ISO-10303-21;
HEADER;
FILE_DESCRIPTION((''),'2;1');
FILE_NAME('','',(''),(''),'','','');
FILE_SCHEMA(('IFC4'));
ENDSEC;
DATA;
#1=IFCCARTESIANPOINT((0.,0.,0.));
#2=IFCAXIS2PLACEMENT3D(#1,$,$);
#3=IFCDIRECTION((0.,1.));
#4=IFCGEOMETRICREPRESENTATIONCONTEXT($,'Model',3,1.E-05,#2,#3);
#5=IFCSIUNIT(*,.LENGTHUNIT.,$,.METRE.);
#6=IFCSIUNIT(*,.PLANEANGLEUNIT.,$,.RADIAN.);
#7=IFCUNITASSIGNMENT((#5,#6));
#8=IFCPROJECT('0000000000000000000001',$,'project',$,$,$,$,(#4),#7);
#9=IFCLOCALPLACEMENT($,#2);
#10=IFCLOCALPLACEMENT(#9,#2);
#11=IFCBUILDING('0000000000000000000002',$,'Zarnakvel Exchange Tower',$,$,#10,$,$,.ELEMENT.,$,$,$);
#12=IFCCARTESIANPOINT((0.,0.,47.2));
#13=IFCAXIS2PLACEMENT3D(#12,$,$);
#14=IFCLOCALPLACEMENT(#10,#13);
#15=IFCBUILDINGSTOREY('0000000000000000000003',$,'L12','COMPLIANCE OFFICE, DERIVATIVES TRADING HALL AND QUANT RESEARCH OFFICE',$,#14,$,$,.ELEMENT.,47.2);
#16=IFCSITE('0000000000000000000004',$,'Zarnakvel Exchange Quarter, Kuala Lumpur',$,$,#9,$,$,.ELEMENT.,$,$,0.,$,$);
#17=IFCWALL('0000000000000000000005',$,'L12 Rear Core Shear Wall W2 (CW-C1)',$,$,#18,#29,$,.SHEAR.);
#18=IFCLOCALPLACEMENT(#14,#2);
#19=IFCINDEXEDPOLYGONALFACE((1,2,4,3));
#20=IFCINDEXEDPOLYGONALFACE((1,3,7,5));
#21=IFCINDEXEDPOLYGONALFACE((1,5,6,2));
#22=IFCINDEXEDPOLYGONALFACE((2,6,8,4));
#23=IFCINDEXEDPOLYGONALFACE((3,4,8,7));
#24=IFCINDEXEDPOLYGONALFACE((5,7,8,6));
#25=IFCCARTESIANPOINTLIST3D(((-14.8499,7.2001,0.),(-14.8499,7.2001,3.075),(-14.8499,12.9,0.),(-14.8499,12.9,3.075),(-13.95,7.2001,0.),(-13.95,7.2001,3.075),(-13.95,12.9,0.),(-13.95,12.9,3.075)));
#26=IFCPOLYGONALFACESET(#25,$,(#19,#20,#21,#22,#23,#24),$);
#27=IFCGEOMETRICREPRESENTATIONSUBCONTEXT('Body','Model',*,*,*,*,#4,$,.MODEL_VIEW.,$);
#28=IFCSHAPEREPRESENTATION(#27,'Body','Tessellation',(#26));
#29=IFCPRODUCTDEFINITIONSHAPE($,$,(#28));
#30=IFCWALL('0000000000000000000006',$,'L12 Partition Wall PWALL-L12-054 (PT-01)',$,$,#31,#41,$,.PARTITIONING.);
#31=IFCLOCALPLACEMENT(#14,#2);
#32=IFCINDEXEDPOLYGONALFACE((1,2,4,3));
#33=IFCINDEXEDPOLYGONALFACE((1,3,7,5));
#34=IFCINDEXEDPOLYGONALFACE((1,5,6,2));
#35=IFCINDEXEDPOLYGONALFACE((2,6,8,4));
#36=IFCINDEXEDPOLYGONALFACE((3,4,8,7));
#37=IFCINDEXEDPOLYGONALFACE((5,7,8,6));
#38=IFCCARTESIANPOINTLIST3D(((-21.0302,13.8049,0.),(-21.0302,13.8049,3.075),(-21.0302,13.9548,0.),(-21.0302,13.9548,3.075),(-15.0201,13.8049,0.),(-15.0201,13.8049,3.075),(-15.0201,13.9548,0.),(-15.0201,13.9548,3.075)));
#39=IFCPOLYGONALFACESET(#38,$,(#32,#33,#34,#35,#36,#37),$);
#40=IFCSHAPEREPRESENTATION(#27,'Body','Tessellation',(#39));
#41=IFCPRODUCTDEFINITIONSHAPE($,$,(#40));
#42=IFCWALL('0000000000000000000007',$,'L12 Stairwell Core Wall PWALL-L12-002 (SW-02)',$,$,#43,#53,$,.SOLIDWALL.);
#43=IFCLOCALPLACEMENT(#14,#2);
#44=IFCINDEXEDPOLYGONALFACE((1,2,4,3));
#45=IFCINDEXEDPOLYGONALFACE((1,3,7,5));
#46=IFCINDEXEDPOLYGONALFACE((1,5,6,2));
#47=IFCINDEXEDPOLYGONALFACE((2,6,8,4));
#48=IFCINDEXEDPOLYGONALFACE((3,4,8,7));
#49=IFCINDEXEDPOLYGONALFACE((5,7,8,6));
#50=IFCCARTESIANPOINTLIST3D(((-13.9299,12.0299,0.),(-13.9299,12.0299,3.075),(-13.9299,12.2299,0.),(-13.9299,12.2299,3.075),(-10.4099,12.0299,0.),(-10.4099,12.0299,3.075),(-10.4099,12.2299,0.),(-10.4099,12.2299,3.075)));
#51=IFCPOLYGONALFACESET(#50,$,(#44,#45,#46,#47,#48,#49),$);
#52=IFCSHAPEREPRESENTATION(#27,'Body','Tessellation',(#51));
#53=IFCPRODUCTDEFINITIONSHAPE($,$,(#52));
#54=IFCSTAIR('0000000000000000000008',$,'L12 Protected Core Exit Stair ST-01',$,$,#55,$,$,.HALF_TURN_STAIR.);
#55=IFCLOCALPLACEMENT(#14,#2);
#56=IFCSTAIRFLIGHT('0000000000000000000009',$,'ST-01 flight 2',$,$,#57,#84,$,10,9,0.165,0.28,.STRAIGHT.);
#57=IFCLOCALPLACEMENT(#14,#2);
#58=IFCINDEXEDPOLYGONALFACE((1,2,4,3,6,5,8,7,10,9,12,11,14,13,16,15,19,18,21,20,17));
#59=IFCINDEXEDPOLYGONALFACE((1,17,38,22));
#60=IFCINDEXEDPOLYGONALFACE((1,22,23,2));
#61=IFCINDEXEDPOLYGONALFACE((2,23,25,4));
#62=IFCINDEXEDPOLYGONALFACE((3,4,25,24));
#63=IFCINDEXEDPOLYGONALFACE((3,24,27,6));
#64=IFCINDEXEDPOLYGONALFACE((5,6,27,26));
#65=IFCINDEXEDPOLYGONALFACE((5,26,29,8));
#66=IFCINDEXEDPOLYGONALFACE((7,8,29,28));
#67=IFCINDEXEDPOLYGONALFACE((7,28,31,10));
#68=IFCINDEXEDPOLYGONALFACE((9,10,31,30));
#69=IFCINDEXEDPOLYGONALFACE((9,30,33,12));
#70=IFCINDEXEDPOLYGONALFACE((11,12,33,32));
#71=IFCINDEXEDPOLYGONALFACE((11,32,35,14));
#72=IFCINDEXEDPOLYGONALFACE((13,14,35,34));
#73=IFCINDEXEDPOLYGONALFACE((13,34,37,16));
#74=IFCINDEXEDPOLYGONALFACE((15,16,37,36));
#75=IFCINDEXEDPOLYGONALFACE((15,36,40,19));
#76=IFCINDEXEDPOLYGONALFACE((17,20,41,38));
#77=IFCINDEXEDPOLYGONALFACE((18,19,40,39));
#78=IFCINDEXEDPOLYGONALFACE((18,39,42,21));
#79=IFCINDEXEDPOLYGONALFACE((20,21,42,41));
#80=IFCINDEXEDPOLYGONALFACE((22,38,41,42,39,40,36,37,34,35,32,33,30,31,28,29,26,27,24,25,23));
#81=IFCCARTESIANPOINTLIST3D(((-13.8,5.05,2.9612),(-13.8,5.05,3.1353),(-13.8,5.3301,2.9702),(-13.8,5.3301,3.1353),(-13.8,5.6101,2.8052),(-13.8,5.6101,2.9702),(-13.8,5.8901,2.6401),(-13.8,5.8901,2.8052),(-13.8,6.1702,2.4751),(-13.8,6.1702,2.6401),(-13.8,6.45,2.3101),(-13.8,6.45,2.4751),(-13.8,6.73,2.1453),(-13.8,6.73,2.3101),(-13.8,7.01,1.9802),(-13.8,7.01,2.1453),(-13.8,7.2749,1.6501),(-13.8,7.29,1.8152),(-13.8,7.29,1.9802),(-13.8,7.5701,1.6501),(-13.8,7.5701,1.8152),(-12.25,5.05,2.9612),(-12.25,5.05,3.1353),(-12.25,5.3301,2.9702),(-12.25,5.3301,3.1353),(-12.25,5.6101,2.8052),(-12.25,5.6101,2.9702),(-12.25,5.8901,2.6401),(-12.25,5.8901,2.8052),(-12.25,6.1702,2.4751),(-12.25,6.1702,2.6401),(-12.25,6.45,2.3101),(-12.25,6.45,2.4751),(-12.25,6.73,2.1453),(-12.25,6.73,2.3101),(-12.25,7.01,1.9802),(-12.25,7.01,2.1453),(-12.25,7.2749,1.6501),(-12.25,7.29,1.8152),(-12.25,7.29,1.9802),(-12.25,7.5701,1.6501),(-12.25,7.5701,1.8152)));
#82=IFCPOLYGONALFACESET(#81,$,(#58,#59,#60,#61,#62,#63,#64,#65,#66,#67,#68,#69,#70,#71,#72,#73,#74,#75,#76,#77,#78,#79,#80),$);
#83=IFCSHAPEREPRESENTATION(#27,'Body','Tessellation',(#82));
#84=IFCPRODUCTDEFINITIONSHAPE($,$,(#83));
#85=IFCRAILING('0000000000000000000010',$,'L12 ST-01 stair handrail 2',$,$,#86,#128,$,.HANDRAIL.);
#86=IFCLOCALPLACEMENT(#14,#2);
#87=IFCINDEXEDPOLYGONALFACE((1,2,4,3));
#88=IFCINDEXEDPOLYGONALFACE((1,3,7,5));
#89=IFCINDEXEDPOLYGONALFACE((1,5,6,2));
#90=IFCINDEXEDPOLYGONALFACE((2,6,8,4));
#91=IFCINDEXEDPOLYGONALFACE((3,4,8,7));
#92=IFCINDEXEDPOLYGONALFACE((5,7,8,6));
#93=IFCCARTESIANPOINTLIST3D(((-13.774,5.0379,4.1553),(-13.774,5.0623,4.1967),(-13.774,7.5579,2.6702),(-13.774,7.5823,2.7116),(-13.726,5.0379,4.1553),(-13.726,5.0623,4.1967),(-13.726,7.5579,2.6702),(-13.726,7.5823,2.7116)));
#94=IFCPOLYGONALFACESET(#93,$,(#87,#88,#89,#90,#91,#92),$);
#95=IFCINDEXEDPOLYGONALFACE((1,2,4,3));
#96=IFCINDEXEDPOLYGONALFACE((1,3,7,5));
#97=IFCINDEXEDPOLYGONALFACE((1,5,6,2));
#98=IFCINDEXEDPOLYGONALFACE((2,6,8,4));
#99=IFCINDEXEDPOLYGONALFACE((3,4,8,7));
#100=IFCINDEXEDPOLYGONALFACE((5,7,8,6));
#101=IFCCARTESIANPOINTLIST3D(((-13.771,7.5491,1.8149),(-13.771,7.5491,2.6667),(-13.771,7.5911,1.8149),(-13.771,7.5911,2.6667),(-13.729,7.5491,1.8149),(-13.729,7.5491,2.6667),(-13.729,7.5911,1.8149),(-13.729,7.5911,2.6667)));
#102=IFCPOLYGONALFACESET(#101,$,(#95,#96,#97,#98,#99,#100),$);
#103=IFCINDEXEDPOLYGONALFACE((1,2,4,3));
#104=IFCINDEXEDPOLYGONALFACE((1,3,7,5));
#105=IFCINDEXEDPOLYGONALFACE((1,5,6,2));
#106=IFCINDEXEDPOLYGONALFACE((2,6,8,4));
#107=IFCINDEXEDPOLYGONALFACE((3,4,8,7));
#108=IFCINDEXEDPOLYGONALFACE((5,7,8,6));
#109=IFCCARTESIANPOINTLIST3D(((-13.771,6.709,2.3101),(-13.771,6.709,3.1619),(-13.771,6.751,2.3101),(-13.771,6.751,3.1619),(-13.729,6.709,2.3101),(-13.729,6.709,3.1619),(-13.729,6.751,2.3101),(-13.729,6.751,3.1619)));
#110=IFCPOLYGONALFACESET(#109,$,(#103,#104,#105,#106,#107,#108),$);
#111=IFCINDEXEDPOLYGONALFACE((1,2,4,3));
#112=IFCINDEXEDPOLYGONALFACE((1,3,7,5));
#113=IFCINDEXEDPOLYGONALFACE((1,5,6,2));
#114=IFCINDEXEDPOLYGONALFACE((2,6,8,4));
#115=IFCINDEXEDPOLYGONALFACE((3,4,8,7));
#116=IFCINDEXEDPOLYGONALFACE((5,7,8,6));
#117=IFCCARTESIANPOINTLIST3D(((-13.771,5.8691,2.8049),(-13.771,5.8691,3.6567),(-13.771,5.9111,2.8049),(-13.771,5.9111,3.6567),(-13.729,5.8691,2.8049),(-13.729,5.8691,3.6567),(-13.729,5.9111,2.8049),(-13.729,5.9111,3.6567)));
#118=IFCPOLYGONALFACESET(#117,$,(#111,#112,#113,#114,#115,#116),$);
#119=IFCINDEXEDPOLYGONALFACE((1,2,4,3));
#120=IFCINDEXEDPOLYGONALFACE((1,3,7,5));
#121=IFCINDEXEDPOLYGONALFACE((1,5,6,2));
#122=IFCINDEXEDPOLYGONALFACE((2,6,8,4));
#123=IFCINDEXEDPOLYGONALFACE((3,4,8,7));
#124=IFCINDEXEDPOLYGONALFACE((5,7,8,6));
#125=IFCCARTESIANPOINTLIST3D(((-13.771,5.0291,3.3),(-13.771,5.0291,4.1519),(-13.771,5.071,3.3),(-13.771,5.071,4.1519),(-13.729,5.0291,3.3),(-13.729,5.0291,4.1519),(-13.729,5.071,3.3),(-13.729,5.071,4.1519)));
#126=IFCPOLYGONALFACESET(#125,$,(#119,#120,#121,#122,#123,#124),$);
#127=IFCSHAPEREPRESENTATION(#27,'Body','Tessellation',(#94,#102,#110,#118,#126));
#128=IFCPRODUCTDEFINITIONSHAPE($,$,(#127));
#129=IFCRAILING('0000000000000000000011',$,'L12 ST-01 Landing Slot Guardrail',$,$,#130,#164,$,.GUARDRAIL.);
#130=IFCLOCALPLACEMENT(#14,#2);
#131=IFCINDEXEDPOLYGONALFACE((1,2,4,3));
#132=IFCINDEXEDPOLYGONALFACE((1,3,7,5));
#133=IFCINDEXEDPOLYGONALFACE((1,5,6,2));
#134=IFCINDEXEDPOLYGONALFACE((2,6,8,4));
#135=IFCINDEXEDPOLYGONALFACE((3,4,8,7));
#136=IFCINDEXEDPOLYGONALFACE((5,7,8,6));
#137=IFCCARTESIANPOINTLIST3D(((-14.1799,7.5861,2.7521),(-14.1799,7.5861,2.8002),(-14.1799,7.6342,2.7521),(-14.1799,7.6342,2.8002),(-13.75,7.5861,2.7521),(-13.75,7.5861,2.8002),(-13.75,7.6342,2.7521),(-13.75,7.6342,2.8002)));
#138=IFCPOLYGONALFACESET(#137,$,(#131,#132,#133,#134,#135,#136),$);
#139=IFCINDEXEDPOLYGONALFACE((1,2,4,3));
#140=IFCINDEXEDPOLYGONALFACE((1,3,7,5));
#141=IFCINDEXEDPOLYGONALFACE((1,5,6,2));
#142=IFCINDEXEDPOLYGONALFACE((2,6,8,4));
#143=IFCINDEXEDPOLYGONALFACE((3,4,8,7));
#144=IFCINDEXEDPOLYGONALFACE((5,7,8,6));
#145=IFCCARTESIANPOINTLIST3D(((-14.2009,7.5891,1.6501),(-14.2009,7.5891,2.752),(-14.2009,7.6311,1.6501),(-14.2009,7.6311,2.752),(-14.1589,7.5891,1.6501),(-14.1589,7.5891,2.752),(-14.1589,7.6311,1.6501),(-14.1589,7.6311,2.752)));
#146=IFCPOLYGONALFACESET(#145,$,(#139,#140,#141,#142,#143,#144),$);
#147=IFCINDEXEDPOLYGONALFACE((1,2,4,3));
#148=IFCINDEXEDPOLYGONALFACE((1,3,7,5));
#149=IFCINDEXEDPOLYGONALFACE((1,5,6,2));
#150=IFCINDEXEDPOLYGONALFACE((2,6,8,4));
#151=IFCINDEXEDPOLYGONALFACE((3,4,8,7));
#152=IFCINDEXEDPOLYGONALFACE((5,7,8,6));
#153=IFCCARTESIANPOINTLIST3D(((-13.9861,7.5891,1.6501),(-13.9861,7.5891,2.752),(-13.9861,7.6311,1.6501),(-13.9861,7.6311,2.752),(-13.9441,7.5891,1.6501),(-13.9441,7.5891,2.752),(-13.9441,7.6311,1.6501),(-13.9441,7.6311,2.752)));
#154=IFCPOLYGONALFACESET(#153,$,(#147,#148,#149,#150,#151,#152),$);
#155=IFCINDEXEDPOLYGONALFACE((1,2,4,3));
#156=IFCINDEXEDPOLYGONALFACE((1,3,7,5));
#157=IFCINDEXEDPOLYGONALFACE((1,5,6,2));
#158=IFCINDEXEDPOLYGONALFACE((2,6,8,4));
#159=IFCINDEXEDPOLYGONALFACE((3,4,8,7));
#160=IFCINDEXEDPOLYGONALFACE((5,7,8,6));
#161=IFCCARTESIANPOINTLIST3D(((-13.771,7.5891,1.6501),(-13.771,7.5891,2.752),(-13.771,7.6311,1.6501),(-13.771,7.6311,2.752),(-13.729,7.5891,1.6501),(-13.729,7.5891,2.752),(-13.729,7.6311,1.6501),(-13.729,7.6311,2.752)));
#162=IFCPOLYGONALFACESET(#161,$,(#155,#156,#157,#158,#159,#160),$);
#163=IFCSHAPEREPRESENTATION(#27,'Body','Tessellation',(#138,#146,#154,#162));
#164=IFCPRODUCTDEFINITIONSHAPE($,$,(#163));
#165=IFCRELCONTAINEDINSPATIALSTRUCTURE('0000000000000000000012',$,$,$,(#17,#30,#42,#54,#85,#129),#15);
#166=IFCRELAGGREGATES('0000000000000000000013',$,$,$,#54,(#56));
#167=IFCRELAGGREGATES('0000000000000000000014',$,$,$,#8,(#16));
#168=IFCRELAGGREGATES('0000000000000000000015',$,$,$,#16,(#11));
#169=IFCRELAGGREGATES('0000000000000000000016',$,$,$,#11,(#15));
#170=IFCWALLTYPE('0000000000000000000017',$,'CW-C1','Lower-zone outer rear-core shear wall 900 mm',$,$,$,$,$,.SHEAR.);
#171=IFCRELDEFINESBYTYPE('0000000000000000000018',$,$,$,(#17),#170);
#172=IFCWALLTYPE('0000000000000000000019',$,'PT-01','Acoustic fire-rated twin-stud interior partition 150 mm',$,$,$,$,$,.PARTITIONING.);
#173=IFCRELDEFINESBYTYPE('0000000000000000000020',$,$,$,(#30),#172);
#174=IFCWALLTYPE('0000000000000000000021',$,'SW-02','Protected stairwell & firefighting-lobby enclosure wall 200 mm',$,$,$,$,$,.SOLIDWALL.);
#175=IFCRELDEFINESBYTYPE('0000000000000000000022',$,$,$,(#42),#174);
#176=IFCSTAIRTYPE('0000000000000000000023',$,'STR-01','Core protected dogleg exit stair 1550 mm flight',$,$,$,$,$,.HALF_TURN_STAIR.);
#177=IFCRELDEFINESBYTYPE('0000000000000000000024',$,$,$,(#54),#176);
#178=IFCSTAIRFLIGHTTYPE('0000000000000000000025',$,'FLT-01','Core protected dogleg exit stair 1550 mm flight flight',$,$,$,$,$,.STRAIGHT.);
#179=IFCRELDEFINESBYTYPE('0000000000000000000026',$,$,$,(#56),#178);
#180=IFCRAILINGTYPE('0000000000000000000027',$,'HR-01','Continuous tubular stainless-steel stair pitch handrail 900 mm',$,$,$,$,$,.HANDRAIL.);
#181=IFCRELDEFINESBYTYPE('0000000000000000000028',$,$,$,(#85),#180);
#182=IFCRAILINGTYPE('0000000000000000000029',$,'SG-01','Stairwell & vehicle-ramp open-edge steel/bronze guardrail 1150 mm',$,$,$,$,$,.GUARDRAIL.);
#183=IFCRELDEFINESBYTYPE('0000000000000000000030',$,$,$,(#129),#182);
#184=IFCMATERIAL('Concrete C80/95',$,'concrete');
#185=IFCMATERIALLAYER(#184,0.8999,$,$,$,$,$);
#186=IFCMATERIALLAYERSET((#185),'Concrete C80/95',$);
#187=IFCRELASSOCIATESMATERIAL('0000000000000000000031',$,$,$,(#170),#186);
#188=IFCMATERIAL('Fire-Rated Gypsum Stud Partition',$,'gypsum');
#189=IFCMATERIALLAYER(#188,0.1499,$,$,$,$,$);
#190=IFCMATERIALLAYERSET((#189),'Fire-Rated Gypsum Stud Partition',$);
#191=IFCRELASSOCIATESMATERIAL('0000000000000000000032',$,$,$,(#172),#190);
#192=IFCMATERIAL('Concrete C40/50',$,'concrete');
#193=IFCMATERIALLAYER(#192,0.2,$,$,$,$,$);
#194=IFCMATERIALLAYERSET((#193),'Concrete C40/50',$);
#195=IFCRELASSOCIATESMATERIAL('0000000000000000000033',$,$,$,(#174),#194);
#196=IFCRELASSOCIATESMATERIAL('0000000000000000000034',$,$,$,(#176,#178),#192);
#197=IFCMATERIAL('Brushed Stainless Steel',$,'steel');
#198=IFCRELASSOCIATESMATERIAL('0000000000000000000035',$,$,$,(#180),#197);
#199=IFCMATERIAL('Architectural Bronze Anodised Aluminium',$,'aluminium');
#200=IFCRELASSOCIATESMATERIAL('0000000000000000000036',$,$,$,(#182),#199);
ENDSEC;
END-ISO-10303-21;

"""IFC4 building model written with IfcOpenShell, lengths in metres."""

from ifc_helpers import new_model, si_unit, direction, frame, frame_2d, origin, origin_2d, place, context, subcontext, project, spatial, polyline, rectangle, outline, extrude, material, layer, layer_set, type_object, element, aggregate, save


model = new_model("IFC4")

# Units and contexts
model_context = context("Model", 3, precision=1e-05, world=origin(), true_north=direction((0.0, 1.0)))
body_context = subcontext(model_context, "Body", "Model", "MODEL_VIEW")
ifc_project = project(units=[si_unit("LENGTHUNIT", "METRE"), si_unit("PLANEANGLEUNIT", "RADIAN")], contexts=[model_context])

# Site, building, storey
site_placement = place(None, origin())
site = spatial("IfcSite", under=ifc_project, at=site_placement, Name="Zarnakvel Exchange Quarter, Kuala Lumpur", CompositionType="ELEMENT", RefElevation=0.0)
building_placement = place(site_placement, origin())
building = spatial("IfcBuilding", under=site, at=building_placement, Name="Zarnakvel Exchange Tower", CompositionType="ELEMENT")
storey_placement = place(building_placement, frame((0.0, 0.0, 47.2)))
storey = spatial("IfcBuildingStorey", under=building, at=storey_placement, Name="L12", Description="COMPLIANCE OFFICE, DERIVATIVES TRADING HALL AND QUANT RESEARCH OFFICE", CompositionType="ELEMENT", Elevation=47.2)

# Shared definitions
ifc_material_1 = material(Name="Concrete C80/95", Category="concrete")

# Shared definitions
ifc_material_2 = material(Name="Architectural Bronze Anodised Aluminium", Category="aluminium")

# Walls
ifc_layer_1 = layer(ifc_material_1, 0.8999)
ifc_layer_set_1 = layer_set([ifc_layer_1], Name="Concrete C80/95")
wall_type_1 = type_object("IfcWallType", Name="CW-C1", Description="Lower-zone outer rear-core shear wall 900 mm", PredefinedType="SHEAR", material=ifc_layer_set_1)
wall_1_placement = place(storey_placement, frame((-14.3999, 7.2, 0.0), z_axis=(0.0, 0.0, 1.0), x_axis=(0.0, 1.0, 0.0)))
element("IfcWall", 1, at=wall_1_placement, inside=storey, type_object=wall_type_1, Name="L12 Rear Core Shear Wall W2 (CW-C1)", PredefinedType="SHEAR", context=body_context, shape_type="SweptSolid", body=[
    extrude(rectangle(XDim=5.7, YDim=0.8999, at=frame_2d((2.8501, 0.0))), origin(), (0.0, 0.0, 1.0), 3.075),
])
ifc_material_3 = material(Name="Fire-Rated Gypsum Stud Partition", Category="gypsum")
ifc_layer_2 = layer(ifc_material_3, 0.1499)
ifc_layer_set_2 = layer_set([ifc_layer_2], Name="Fire-Rated Gypsum Stud Partition")
wall_type_2 = type_object("IfcWallType", Name="PT-01", Description="Acoustic fire-rated twin-stud interior partition 150 mm", PredefinedType="PARTITIONING", material=ifc_layer_set_2)
wall_2_placement = place(storey_placement, frame((-21.03, 13.8799, 0.0), z_axis=(0.0, 0.0, 1.0), x_axis=(1.0, 0.0, 0.0)))
element("IfcWall", 2, at=wall_2_placement, inside=storey, type_object=wall_type_2, Name="L12 Partition Wall PWALL-L12-054 (PT-01)", PredefinedType="PARTITIONING", context=body_context, shape_type="SweptSolid", body=[
    extrude(rectangle(XDim=6.01, YDim=0.1499, at=frame_2d((3.0049, 0.0))), origin(), (0.0, 0.0, 1.0), 3.075),
])
ifc_material_4 = material(Name="Concrete C40/50", Category="concrete")
ifc_layer_3 = layer(ifc_material_4, 0.2)
ifc_layer_set_3 = layer_set([ifc_layer_3], Name="Concrete C40/50")
wall_type_3 = type_object("IfcWallType", Name="SW-02", Description="Protected stairwell & firefighting-lobby enclosure wall 200 mm", PredefinedType="SOLIDWALL", material=ifc_layer_set_3)
wall_3_placement = place(storey_placement, frame((-13.9299, 12.1299, 0.0), z_axis=(0.0, 0.0, 1.0), x_axis=(1.0, 0.0, 0.0)))
element("IfcWall", 3, at=wall_3_placement, inside=storey, type_object=wall_type_3, Name="L12 Stairwell Core Wall PWALL-L12-002 (SW-02)", PredefinedType="SOLIDWALL", context=body_context, shape_type="SweptSolid", body=[
    extrude(rectangle(XDim=3.52, YDim=0.2, at=frame_2d((1.76, 0.0))), origin(), (0.0, 0.0, 1.0), 3.075),
])

# Stair, stair flight
stair_type = type_object("IfcStairType", Name="STR-01", Description="Core protected dogleg exit stair 1550 mm flight", PredefinedType="HALF_TURN_STAIR", material=ifc_material_4)
stair_placement = place(storey_placement, origin())
stair = element("IfcStair", 4, at=stair_placement, inside=storey, type_object=stair_type, Name="L12 Protected Core Exit Stair ST-01", PredefinedType="HALF_TURN_STAIR")
stair_flight_type = type_object("IfcStairFlightType", Name="FLT-01", Description="Core protected dogleg exit stair 1550 mm flight flight", PredefinedType="STRAIGHT", material=ifc_material_4)
stair_flight_placement = place(storey_placement, frame((-13.0249, 7.5701, 1.6501), z_axis=(0.0, 0.0, 1.0), x_axis=(0.0, -1.0, 0.0)))
stair_flight = element("IfcStairFlight", 5, at=stair_flight_placement, type_object=stair_flight_type, Name="ST-01 flight 2", NumberOfRisers=10, NumberOfTreads=9, PredefinedType="STRAIGHT", RiserHeight=0.165, TreadLength=0.28, context=body_context, shape_type="SweptSolid", body=[
    extrude(outline(polyline([(0.0, 0.0), (0.0, 0.165), (0.28, 0.165), (0.28, 0.3301), (0.5601, 0.3301), (0.5601, 0.4951), (0.8401, 0.4951), (0.8401, 0.6599), (1.1201, 0.6599), (1.1201, 0.825), (1.3999, 0.825), (1.3999, 0.99), (1.6799, 0.99), (1.6799, 1.155), (1.96, 1.155), (1.96, 1.3201), (2.24, 1.3201), (2.24, 1.4851), (2.52, 1.4851), (2.52, 1.6499), (2.52, 1.311), (0.2952, 0.0), (0.0, 0.0)])), frame((0.0, 0.7749, 0.0), z_axis=(0.0, -1.0, 0.0), x_axis=(1.0, 0.0, 0.0)), (0.0, 0.0, 1.0), 1.55),
])
aggregate(stair, [stair_flight])

# Railings
ifc_material_5 = material(Name="Brushed Stainless Steel", Category="steel")
railing_type_1 = type_object("IfcRailingType", Name="HR-01", Description="Continuous tubular stainless-steel stair pitch handrail 900 mm", PredefinedType="HANDRAIL", material=ifc_material_5)
railing_1_placement = place(storey_placement, frame((-13.75, 7.5701, 1.8149)))
element("IfcRailing", 6, at=railing_1_placement, inside=storey, type_object=railing_type_1, Name="L12 ST-01 stair handrail 2", PredefinedType="HANDRAIL", context=body_context, shape_type="SweptSolid", body=[
    extrude(rectangle(XDim=0.0481, YDim=0.0481, at=origin_2d()), frame((0.0, 0.0, 0.876), z_axis=(0.0, -0.861524, 0.507717), x_axis=(1.0, 0.0, 0.0)), (0.0, 0.0, 1.0), 2.925),
    extrude(rectangle(XDim=0.042, YDim=0.042, at=origin_2d()), origin(), (0.0, 0.0, 1.0), 0.8518),
    extrude(rectangle(XDim=0.042, YDim=0.042, at=origin_2d()), frame((0.0, -0.8401, 0.4951)), (0.0, 0.0, 1.0), 0.8518),
    extrude(rectangle(XDim=0.042, YDim=0.042, at=origin_2d()), frame((0.0, -1.6799, 0.99)), (0.0, 0.0, 1.0), 0.8518),
    extrude(rectangle(XDim=0.042, YDim=0.042, at=origin_2d()), frame((0.0, -2.52, 1.4851)), (0.0, 0.0, 1.0), 0.8518),
])
railing_type_2 = type_object("IfcRailingType", Name="SG-01", Description="Stairwell & vehicle-ramp open-edge steel/bronze guardrail 1150 mm", PredefinedType="GUARDRAIL", material=ifc_material_2)
railing_2_placement = place(storey_placement, frame((-14.1799, 7.6101, 1.6501)))
element("IfcRailing", 7, at=railing_2_placement, inside=storey, type_object=railing_type_2, Name="L12 ST-01 Landing Slot Guardrail", PredefinedType="GUARDRAIL", context=body_context, shape_type="SweptSolid", body=[
    extrude(rectangle(XDim=0.0481, YDim=0.0481, at=origin_2d()), frame((0.0, 0.0, 1.126), z_axis=(1.0, 0.0, 0.0), x_axis=(0.0, 1.0, 0.0)), (0.0, 0.0, 1.0), 0.4299),
    extrude(rectangle(XDim=0.042, YDim=0.042, at=origin_2d()), origin(), (0.0, 0.0, 1.0), 1.1018),
    extrude(rectangle(XDim=0.042, YDim=0.042, at=origin_2d()), frame((0.2148, 0.0, 0.0)), (0.0, 0.0, 1.0), 1.1018),
    extrude(rectangle(XDim=0.042, YDim=0.042, at=origin_2d()), frame((0.4299, 0.0, 0.0)), (0.0, 0.0, 1.0), 1.1018),
])

save(model, "model.ifc")
